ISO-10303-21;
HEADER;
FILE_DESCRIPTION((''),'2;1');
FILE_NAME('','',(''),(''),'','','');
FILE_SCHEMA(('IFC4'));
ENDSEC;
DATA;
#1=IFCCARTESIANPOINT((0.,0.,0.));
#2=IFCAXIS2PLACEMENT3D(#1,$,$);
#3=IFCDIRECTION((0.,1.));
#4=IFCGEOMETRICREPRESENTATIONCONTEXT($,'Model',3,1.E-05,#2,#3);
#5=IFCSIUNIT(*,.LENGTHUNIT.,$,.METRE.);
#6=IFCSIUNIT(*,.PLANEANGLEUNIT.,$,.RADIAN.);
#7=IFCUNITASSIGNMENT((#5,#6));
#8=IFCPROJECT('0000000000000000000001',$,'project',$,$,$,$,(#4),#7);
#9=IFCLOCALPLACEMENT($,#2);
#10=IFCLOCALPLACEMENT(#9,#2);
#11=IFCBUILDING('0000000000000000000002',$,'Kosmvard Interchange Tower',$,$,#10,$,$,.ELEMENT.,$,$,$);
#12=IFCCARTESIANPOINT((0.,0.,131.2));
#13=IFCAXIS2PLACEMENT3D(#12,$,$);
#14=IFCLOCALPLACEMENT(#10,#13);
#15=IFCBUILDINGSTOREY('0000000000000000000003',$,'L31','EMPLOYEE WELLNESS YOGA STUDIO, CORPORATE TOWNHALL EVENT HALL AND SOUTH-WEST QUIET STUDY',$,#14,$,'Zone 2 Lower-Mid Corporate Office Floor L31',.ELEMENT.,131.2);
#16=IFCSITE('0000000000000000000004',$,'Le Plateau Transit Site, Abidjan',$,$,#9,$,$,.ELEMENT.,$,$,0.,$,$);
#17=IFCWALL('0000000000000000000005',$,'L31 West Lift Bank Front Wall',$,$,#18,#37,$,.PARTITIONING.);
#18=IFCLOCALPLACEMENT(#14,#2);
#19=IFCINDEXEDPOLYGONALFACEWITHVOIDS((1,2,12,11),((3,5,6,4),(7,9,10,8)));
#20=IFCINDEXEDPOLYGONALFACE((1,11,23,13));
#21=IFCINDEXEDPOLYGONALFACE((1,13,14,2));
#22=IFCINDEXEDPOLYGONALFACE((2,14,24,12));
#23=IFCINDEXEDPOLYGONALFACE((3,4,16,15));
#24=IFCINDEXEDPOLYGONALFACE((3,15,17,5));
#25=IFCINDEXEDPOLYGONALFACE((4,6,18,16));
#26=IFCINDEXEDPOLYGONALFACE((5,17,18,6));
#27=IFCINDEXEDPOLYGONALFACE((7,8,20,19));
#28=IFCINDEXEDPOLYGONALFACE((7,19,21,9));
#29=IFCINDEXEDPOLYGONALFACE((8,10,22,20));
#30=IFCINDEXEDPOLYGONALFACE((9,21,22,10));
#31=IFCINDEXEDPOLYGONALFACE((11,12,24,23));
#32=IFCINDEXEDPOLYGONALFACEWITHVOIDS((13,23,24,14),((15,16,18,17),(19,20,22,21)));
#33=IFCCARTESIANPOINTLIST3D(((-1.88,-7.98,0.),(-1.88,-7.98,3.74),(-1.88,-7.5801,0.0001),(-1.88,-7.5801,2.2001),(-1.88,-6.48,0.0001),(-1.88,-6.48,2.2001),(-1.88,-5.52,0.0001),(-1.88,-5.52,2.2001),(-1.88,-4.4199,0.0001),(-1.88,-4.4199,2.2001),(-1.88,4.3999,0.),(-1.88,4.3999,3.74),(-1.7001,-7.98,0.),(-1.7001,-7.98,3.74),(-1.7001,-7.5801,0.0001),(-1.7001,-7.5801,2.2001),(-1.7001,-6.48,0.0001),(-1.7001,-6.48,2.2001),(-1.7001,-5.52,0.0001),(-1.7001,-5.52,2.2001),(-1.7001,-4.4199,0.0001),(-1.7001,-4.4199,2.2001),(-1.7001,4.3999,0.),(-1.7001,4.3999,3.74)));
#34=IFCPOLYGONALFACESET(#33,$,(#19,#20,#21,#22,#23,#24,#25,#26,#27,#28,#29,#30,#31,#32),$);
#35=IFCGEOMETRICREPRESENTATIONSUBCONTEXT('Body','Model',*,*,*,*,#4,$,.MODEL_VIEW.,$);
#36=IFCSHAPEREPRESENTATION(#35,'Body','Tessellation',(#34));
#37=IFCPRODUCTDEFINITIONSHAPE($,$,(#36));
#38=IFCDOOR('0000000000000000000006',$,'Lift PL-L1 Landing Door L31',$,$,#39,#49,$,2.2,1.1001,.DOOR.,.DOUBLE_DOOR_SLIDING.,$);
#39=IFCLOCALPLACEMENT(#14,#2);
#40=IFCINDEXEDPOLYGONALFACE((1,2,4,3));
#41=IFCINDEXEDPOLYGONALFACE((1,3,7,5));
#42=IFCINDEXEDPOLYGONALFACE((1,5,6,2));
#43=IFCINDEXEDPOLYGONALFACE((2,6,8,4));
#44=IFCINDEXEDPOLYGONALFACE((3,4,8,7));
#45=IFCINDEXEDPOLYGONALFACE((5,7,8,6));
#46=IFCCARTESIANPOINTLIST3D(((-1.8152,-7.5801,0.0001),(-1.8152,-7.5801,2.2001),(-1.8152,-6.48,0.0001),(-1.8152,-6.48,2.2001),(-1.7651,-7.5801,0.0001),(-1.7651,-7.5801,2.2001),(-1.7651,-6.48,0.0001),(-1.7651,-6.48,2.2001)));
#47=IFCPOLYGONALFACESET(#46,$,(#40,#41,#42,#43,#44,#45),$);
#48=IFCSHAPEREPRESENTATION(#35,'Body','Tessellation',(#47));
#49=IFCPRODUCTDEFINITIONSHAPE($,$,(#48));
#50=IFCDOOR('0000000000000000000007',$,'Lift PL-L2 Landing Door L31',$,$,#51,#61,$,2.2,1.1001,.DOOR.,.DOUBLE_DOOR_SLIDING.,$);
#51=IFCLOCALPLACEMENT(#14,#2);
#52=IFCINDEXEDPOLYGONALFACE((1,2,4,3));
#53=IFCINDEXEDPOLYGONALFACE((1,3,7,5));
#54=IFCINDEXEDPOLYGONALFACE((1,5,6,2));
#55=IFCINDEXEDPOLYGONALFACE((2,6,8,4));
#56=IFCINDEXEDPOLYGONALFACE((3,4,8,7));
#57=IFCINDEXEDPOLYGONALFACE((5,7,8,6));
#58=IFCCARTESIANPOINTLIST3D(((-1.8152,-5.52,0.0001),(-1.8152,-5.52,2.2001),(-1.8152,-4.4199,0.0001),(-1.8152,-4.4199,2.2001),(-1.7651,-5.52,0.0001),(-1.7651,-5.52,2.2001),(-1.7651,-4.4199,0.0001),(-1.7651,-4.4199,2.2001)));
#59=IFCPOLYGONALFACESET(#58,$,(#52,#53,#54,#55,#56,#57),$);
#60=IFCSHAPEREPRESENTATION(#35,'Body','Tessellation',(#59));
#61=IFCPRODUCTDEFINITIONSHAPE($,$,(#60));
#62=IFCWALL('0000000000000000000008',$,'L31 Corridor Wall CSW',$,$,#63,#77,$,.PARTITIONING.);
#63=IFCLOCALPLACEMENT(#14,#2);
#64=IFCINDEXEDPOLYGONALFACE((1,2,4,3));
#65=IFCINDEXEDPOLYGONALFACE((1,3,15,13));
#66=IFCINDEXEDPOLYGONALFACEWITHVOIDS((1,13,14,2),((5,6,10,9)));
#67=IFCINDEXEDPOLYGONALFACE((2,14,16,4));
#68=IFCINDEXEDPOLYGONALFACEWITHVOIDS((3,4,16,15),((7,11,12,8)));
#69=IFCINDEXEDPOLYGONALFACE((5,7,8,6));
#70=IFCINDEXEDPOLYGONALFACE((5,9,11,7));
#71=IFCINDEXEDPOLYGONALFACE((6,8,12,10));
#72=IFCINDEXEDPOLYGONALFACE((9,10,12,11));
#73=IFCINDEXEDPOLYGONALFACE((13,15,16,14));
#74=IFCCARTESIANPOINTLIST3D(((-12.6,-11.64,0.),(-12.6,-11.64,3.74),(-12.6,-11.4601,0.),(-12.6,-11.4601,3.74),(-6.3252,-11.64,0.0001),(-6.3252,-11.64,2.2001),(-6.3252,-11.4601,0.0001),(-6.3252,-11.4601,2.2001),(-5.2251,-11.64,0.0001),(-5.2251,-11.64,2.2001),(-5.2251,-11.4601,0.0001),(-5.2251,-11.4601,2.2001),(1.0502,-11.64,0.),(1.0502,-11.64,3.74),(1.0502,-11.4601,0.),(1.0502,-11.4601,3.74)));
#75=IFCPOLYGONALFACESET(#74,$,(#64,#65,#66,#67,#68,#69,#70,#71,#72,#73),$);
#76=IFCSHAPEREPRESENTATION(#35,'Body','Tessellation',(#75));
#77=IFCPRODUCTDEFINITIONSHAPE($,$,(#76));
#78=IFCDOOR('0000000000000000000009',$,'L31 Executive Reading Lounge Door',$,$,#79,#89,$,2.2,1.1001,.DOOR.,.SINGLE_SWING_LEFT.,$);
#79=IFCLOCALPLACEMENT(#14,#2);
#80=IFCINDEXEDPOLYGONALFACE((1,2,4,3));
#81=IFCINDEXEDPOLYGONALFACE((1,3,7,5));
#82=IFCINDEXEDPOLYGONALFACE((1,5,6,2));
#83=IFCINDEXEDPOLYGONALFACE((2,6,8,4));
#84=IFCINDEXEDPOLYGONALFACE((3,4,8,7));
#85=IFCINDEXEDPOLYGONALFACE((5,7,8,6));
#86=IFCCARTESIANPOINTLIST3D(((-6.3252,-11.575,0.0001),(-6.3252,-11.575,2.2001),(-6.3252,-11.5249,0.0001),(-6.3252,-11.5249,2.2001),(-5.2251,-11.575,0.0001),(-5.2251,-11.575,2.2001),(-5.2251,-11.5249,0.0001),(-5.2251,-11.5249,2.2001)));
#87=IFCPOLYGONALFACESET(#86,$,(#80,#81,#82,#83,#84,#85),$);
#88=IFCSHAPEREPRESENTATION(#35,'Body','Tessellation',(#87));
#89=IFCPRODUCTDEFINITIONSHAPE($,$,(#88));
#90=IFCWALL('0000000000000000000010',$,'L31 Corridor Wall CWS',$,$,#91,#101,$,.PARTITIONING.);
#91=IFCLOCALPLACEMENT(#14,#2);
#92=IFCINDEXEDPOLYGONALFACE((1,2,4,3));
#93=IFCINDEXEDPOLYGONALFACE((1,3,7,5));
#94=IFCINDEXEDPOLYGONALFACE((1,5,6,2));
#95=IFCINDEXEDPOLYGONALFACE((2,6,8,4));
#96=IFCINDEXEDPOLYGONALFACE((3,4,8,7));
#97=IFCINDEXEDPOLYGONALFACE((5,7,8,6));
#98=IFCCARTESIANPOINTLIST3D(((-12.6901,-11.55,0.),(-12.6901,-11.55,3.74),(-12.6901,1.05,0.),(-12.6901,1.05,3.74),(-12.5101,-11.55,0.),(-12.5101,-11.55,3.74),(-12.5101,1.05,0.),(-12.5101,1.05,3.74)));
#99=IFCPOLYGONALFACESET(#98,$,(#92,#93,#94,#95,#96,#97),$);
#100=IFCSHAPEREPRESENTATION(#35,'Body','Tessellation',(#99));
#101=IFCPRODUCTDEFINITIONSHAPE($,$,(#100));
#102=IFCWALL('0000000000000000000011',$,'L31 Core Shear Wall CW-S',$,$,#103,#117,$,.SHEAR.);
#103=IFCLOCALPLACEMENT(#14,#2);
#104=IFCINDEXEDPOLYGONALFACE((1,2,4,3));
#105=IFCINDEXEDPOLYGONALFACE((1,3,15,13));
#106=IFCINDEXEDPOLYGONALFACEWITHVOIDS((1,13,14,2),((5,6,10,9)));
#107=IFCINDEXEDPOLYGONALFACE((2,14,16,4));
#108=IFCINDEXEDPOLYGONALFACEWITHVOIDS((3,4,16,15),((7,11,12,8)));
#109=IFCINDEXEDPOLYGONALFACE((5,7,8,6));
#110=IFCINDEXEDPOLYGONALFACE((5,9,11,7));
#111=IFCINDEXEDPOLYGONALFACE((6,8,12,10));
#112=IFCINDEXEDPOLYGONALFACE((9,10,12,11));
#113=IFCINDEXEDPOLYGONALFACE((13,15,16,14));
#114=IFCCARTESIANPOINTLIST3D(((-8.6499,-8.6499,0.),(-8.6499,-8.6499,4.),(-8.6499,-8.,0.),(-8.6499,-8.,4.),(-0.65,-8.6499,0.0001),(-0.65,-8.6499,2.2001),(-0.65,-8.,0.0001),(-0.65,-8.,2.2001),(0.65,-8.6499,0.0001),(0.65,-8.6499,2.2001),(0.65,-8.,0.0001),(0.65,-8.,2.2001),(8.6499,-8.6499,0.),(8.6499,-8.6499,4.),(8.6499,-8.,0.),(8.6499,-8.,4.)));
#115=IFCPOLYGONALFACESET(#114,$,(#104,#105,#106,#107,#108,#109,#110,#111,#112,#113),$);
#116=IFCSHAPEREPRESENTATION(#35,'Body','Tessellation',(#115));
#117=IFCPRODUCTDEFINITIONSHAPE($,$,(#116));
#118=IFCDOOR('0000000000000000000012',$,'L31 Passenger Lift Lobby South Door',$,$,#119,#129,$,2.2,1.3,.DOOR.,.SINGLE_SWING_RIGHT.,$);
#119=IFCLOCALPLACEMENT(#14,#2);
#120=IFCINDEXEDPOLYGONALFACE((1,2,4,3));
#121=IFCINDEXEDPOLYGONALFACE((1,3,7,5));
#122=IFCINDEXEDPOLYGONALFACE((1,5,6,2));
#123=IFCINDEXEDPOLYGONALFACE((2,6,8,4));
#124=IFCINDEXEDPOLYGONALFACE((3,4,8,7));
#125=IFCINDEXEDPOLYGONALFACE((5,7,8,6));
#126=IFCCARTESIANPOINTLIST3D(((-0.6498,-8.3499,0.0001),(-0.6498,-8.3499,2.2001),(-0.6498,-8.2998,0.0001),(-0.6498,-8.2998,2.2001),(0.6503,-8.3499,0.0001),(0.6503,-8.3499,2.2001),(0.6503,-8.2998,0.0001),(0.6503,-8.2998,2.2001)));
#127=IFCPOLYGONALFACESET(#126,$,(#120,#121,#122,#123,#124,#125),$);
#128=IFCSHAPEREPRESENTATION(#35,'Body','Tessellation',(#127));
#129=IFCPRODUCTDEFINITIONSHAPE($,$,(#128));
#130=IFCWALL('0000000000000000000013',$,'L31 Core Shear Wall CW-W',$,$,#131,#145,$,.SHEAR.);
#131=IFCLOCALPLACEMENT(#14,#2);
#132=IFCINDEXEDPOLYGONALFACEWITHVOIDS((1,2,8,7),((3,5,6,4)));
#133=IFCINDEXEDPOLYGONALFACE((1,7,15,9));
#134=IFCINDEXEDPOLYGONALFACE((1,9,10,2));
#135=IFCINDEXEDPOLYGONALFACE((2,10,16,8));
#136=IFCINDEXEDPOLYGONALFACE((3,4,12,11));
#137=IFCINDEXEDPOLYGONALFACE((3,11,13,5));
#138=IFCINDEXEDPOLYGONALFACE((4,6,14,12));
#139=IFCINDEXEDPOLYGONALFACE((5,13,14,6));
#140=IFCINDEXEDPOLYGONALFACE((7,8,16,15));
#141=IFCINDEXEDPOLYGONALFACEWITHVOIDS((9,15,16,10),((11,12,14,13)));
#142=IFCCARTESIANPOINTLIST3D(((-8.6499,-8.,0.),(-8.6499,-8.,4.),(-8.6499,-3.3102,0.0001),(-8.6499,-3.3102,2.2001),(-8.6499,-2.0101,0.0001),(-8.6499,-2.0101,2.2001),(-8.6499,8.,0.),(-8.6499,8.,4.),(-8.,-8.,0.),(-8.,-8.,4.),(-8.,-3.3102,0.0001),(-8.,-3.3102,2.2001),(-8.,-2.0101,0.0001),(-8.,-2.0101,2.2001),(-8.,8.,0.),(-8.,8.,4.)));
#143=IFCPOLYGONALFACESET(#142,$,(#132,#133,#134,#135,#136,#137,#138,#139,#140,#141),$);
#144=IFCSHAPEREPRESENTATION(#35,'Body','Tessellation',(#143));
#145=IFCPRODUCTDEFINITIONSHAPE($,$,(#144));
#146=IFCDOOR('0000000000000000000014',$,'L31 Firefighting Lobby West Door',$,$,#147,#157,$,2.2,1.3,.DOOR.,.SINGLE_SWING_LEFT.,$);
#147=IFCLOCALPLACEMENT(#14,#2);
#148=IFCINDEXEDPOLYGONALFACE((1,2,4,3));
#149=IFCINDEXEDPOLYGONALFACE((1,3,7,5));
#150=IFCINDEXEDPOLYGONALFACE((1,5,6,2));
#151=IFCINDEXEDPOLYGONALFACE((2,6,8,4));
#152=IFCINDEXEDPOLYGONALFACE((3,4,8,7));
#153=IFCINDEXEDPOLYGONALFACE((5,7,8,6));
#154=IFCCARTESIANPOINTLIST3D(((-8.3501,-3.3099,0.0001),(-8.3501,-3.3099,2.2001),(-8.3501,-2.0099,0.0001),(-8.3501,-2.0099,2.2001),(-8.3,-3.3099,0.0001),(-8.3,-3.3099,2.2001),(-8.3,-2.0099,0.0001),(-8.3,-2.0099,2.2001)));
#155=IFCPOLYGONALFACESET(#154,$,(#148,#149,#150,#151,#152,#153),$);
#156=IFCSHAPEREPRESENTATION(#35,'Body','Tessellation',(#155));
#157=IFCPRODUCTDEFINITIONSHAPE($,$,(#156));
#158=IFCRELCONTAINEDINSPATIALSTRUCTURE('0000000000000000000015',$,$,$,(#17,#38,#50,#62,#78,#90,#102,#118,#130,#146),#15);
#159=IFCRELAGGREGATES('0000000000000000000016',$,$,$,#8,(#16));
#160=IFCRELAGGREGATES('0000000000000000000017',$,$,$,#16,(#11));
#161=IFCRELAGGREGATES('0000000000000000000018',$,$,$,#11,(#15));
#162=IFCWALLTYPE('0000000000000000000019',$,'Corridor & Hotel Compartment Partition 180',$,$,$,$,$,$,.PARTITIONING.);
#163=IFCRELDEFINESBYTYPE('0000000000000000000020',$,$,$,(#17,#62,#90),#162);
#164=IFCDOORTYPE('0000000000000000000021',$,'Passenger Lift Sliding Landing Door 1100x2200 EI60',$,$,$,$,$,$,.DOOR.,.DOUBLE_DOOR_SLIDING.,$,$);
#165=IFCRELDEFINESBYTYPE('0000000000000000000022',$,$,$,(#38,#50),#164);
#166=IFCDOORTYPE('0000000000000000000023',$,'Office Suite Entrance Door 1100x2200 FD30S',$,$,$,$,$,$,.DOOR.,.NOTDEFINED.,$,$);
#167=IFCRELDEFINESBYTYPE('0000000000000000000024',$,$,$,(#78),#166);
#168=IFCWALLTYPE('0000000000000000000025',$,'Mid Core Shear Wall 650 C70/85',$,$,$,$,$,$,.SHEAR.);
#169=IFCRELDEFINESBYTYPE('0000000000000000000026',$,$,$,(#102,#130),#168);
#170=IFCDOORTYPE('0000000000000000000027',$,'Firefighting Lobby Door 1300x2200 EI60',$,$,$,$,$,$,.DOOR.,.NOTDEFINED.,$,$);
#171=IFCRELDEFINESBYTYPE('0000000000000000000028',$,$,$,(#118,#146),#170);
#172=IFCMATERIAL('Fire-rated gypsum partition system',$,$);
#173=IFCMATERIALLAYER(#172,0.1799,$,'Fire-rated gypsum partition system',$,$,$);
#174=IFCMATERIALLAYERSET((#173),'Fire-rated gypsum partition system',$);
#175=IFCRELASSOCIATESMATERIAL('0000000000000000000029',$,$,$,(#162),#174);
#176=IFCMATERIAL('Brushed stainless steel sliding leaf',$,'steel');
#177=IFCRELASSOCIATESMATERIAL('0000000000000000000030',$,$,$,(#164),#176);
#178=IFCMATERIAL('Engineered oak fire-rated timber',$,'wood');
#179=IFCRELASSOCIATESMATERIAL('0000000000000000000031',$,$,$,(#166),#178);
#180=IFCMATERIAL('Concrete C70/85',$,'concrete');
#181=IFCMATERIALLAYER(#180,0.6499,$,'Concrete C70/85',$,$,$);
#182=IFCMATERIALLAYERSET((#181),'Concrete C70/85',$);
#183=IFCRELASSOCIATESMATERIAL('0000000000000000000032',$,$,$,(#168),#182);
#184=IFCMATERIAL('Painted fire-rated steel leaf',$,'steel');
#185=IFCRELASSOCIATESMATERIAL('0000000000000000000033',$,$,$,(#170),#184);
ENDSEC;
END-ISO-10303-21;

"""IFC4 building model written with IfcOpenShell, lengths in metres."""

from ifc_helpers import new_model, si_unit, direction, frame, frame_2d, origin, place, context, subcontext, project, spatial, rectangle, extrude, source, transform, mapped, material, layer, layer_set, type_object, element, fill, save


model = new_model("IFC4")

# Units and contexts
model_context = context("Model", 3, precision=1e-05, world=origin(), true_north=direction((0.0, 1.0)))
body_context = subcontext(model_context, "Body", "Model", "MODEL_VIEW")
ifc_project = project(units=[si_unit("LENGTHUNIT", "METRE"), si_unit("PLANEANGLEUNIT", "RADIAN")], contexts=[model_context])

# Site, building, storey
site_placement = place(None, origin())
site = spatial("IfcSite", under=ifc_project, at=site_placement, Name="Le Plateau Transit Site, Abidjan", CompositionType="ELEMENT", RefElevation=0.0)
building_placement = place(site_placement, origin())
building = spatial("IfcBuilding", under=site, at=building_placement, Name="Kosmvard Interchange Tower", CompositionType="ELEMENT")
storey_placement = place(building_placement, frame((0.0, 0.0, 131.2)))
storey = spatial("IfcBuildingStorey", under=building, at=storey_placement, Name="L31", Description="EMPLOYEE WELLNESS YOGA STUDIO, CORPORATE TOWNHALL EVENT HALL AND SOUTH-WEST QUIET STUDY", LongName="Zone 2 Lower-Mid Corporate Office Floor L31", CompositionType="ELEMENT", Elevation=131.2)

# Wall, openings, doors
ifc_material_1 = material(Name="Fire-rated gypsum partition system")
ifc_layer_1 = layer(ifc_material_1, 0.1799, Name="Fire-rated gypsum partition system")
ifc_layer_set_1 = layer_set([ifc_layer_1], Name="Fire-rated gypsum partition system")
wall_type_1 = type_object("IfcWallType", Name="Corridor & Hotel Compartment Partition 180", PredefinedType="PARTITIONING", material=ifc_layer_set_1)
wall_1_placement = place(storey_placement, frame((-1.79, -7.98, 0.0), z_axis=(0.0, 0.0, 1.0), x_axis=(0.0, 1.0, 0.0)))
wall_1 = element("IfcWall", 1, at=wall_1_placement, inside=storey, type_object=wall_type_1, Name="L31 West Lift Bank Front Wall", PredefinedType="PARTITIONING", context=body_context, shape_type="SweptSolid", body=[
    extrude(rectangle(XDim=12.3799, YDim=0.1799, at=frame_2d((6.1899, 0.0))), origin(), (0.0, 0.0, 1.0), 3.74),
])
opening_1_placement = place(wall_1_placement, frame((0.3999, 0.0, 0.0)))
opening_1 = element("IfcOpeningElement", 2, at=opening_1_placement, cuts=wall_1, PredefinedType="OPENING", context=body_context, shape_type="SweptSolid", body=[
    extrude(rectangle(XDim=1.1001, YDim=2.2, at=frame_2d((0.55, 1.1001))), frame((0.0, 0.1001, 0.0), z_axis=(0.0, -1.0, 0.0), x_axis=(1.0, 0.0, 0.0)), (0.0, 0.0, 1.0), 0.2),
])
opening_2_placement = place(wall_1_placement, frame((2.46, 0.0, 0.0)))
opening_2 = element("IfcOpeningElement", 3, at=opening_2_placement, cuts=wall_1, PredefinedType="OPENING", context=body_context, shape_type="SweptSolid", body=[
    extrude(rectangle(XDim=1.1001, YDim=2.2, at=frame_2d((0.55, 1.1001))), frame((0.0, 0.1001, 0.0), z_axis=(0.0, -1.0, 0.0), x_axis=(1.0, 0.0, 0.0)), (0.0, 0.0, 1.0), 0.2),
])
ifc_material_2 = material(Name="Brushed stainless steel sliding leaf", Category="steel")
door_type_1 = type_object("IfcDoorType", Name="Passenger Lift Sliding Landing Door 1100x2200 EI60", OperationType="DOUBLE_DOOR_SLIDING", PredefinedType="DOOR", material=ifc_material_2)
shared_shape_1 = source(origin(), body_context, "Body", "SweptSolid", [
    extrude(rectangle(XDim=1.1001, YDim=2.2, at=frame_2d((0.55, 1.1001))), frame((0.0, 0.0249, 0.0), z_axis=(0.0, -1.0, 0.0), x_axis=(1.0, 0.0, 0.0)), (0.0, 0.0, 1.0), 0.05),
])
door_1_placement = place(opening_1_placement, frame((1.1001, 0.0, 0.0), z_axis=(0.0, 0.0, 1.0), x_axis=(-1.0, 0.0, 0.0)))
door_1 = element("IfcDoor", 4, at=door_1_placement, inside=storey, type_object=door_type_1, Name="Lift PL-L1 Landing Door L31", OperationType="DOUBLE_DOOR_SLIDING", OverallHeight=2.2, OverallWidth=1.1001, PredefinedType="DOOR", context=body_context, shape_type="MappedRepresentation", body=[
    mapped(shared_shape_1, transform((0.0, 0.0, 0.0), scale=1.0)),
])
fill(opening_1, door_1)
door_2_placement = place(opening_2_placement, frame((1.1001, 0.0, 0.0), z_axis=(0.0, 0.0, 1.0), x_axis=(-1.0, 0.0, 0.0)))
door_2 = element("IfcDoor", 5, at=door_2_placement, inside=storey, type_object=door_type_1, Name="Lift PL-L2 Landing Door L31", OperationType="DOUBLE_DOOR_SLIDING", OverallHeight=2.2, OverallWidth=1.1001, PredefinedType="DOOR", context=body_context, shape_type="MappedRepresentation", body=[
    mapped(shared_shape_1, transform((0.0, 0.0, 0.0), scale=1.0)),
])
fill(opening_2, door_2)

# Wall, opening, door
wall_2_placement = place(storey_placement, frame((-12.6001, -11.55, 0.0), z_axis=(0.0, 0.0, 1.0), x_axis=(1.0, 0.0, 0.0)))
wall_2 = element("IfcWall", 6, at=wall_2_placement, inside=storey, type_object=wall_type_1, Name="L31 Corridor Wall CSW", PredefinedType="PARTITIONING", context=body_context, shape_type="SweptSolid", body=[
    extrude(rectangle(XDim=13.6501, YDim=0.1799, at=frame_2d((6.8252, 0.0))), origin(), (0.0, 0.0, 1.0), 3.74),
])
opening_3_placement = place(wall_2_placement, frame((6.2749, 0.0, 0.0)))
opening_3 = element("IfcOpeningElement", 7, at=opening_3_placement, cuts=wall_2, PredefinedType="OPENING", context=body_context, shape_type="SweptSolid", body=[
    extrude(rectangle(XDim=1.1001, YDim=2.2, at=frame_2d((0.55, 1.1001))), frame((0.0, 0.1001, 0.0), z_axis=(0.0, -1.0, 0.0), x_axis=(1.0, 0.0, 0.0)), (0.0, 0.0, 1.0), 0.2),
])
ifc_material_3 = material(Name="Engineered oak fire-rated timber", Category="wood")
door_type_2 = type_object("IfcDoorType", Name="Office Suite Entrance Door 1100x2200 FD30S", OperationType="NOTDEFINED", PredefinedType="DOOR", material=ifc_material_3)
door_3_placement = place(opening_3_placement, frame((1.1001, 0.0, 0.0), z_axis=(0.0, 0.0, 1.0), x_axis=(-1.0, 0.0, 0.0)))
door_3 = element("IfcDoor", 8, at=door_3_placement, inside=storey, type_object=door_type_2, Name="L31 Executive Reading Lounge Door", OperationType="SINGLE_SWING_LEFT", OverallHeight=2.2, OverallWidth=1.1001, PredefinedType="DOOR", context=body_context, shape_type="MappedRepresentation", body=[
    mapped(shared_shape_1, transform((0.0, 0.0, 0.0), scale=1.0)),
])
fill(opening_3, door_3)

# Wall
wall_3_placement = place(storey_placement, frame((-12.6001, -11.55, 0.0), z_axis=(0.0, 0.0, 1.0), x_axis=(0.0, 1.0, 0.0)))
element("IfcWall", 9, at=wall_3_placement, inside=storey, type_object=wall_type_1, Name="L31 Corridor Wall CWS", PredefinedType="PARTITIONING", context=body_context, shape_type="SweptSolid", body=[
    extrude(rectangle(XDim=12.6001, YDim=0.1799, at=frame_2d((6.3, 0.0))), origin(), (0.0, 0.0, 1.0), 3.74),
])

# Walls, openings, doors
ifc_material_4 = material(Name="Concrete C70/85", Category="concrete")
ifc_layer_2 = layer(ifc_material_4, 0.6499, Name="Concrete C70/85")
ifc_layer_set_2 = layer_set([ifc_layer_2], Name="Concrete C70/85")
wall_type_2 = type_object("IfcWallType", Name="Mid Core Shear Wall 650 C70/85", PredefinedType="SHEAR", material=ifc_layer_set_2)
wall_4_placement = place(storey_placement, frame((-8.6499, -8.325, 0.0), z_axis=(0.0, 0.0, 1.0), x_axis=(1.0, 0.0, 0.0)))
wall_4 = element("IfcWall", 10, at=wall_4_placement, inside=storey, type_object=wall_type_2, Name="L31 Core Shear Wall CW-S", PredefinedType="SHEAR", context=body_context, shape_type="SweptSolid", body=[
    extrude(rectangle(XDim=17.2998, YDim=0.6499, at=frame_2d((8.6499, 0.0))), origin(), (0.0, 0.0, 1.0), 4.0),
])
opening_4_placement = place(wall_4_placement, frame((8.0, 0.0, 0.0)))
opening_4 = element("IfcOpeningElement", 11, at=opening_4_placement, cuts=wall_4, PredefinedType="OPENING", context=body_context, shape_type="SweptSolid", body=[
    extrude(rectangle(XDim=1.3, YDim=2.2, at=frame_2d((0.6499, 1.1001))), frame((0.0, 0.335, 0.0), z_axis=(0.0, -1.0, 0.0), x_axis=(1.0, 0.0, 0.0)), (0.0, 0.0, 1.0), 0.6699),
])
ifc_material_5 = material(Name="Painted fire-rated steel leaf", Category="steel")
door_type_3 = type_object("IfcDoorType", Name="Firefighting Lobby Door 1300x2200 EI60", OperationType="NOTDEFINED", PredefinedType="DOOR", material=ifc_material_5)
shared_shape_2 = source(origin(), body_context, "Body", "SweptSolid", [
    extrude(rectangle(XDim=1.3, YDim=2.2, at=frame_2d((0.6499, 1.1001))), frame((0.0, 0.0249, 0.0), z_axis=(0.0, -1.0, 0.0), x_axis=(1.0, 0.0, 0.0)), (0.0, 0.0, 1.0), 0.05),
])
door_4_placement = place(opening_4_placement, frame((1.3, 0.0, 0.0), z_axis=(0.0, 0.0, 1.0), x_axis=(-1.0, 0.0, 0.0)))
door_4 = element("IfcDoor", 12, at=door_4_placement, inside=storey, type_object=door_type_3, Name="L31 Passenger Lift Lobby South Door", OperationType="SINGLE_SWING_RIGHT", OverallHeight=2.2, OverallWidth=1.3, PredefinedType="DOOR", context=body_context, shape_type="MappedRepresentation", body=[
    mapped(shared_shape_2, transform((0.0, 0.0, 0.0), scale=1.0)),
])
fill(opening_4, door_4)
wall_5_placement = place(storey_placement, frame((-8.325, -8.0, 0.0), z_axis=(0.0, 0.0, 1.0), x_axis=(0.0, 1.0, 0.0)))
wall_5 = element("IfcWall", 13, at=wall_5_placement, inside=storey, type_object=wall_type_2, Name="L31 Core Shear Wall CW-W", PredefinedType="SHEAR", context=body_context, shape_type="SweptSolid", body=[
    extrude(rectangle(XDim=16.0, YDim=0.6499, at=frame_2d((8.0, 0.0))), origin(), (0.0, 0.0, 1.0), 4.0),
])
opening_5_placement = place(wall_5_placement, frame((4.6899, 0.0, 0.0)))
opening_5 = element("IfcOpeningElement", 14, at=opening_5_placement, cuts=wall_5, PredefinedType="OPENING", context=body_context, shape_type="SweptSolid", body=[
    extrude(rectangle(XDim=1.3, YDim=2.2, at=frame_2d((0.6499, 1.1001))), frame((0.0, 0.335, 0.0), z_axis=(0.0, -1.0, 0.0), x_axis=(1.0, 0.0, 0.0)), (0.0, 0.0, 1.0), 0.6699),
])
door_5_placement = place(opening_5_placement, frame((1.3, 0.0, 0.0), z_axis=(0.0, 0.0, 1.0), x_axis=(-1.0, 0.0, 0.0)))
door_5 = element("IfcDoor", 15, at=door_5_placement, inside=storey, type_object=door_type_3, Name="L31 Firefighting Lobby West Door", OperationType="SINGLE_SWING_LEFT", OverallHeight=2.2, OverallWidth=1.3, PredefinedType="DOOR", context=body_context, shape_type="MappedRepresentation", body=[
    mapped(shared_shape_2, transform((0.0, 0.0, 0.0), scale=1.0)),
])
fill(opening_5, door_5)

save(model, "model.ifc")
